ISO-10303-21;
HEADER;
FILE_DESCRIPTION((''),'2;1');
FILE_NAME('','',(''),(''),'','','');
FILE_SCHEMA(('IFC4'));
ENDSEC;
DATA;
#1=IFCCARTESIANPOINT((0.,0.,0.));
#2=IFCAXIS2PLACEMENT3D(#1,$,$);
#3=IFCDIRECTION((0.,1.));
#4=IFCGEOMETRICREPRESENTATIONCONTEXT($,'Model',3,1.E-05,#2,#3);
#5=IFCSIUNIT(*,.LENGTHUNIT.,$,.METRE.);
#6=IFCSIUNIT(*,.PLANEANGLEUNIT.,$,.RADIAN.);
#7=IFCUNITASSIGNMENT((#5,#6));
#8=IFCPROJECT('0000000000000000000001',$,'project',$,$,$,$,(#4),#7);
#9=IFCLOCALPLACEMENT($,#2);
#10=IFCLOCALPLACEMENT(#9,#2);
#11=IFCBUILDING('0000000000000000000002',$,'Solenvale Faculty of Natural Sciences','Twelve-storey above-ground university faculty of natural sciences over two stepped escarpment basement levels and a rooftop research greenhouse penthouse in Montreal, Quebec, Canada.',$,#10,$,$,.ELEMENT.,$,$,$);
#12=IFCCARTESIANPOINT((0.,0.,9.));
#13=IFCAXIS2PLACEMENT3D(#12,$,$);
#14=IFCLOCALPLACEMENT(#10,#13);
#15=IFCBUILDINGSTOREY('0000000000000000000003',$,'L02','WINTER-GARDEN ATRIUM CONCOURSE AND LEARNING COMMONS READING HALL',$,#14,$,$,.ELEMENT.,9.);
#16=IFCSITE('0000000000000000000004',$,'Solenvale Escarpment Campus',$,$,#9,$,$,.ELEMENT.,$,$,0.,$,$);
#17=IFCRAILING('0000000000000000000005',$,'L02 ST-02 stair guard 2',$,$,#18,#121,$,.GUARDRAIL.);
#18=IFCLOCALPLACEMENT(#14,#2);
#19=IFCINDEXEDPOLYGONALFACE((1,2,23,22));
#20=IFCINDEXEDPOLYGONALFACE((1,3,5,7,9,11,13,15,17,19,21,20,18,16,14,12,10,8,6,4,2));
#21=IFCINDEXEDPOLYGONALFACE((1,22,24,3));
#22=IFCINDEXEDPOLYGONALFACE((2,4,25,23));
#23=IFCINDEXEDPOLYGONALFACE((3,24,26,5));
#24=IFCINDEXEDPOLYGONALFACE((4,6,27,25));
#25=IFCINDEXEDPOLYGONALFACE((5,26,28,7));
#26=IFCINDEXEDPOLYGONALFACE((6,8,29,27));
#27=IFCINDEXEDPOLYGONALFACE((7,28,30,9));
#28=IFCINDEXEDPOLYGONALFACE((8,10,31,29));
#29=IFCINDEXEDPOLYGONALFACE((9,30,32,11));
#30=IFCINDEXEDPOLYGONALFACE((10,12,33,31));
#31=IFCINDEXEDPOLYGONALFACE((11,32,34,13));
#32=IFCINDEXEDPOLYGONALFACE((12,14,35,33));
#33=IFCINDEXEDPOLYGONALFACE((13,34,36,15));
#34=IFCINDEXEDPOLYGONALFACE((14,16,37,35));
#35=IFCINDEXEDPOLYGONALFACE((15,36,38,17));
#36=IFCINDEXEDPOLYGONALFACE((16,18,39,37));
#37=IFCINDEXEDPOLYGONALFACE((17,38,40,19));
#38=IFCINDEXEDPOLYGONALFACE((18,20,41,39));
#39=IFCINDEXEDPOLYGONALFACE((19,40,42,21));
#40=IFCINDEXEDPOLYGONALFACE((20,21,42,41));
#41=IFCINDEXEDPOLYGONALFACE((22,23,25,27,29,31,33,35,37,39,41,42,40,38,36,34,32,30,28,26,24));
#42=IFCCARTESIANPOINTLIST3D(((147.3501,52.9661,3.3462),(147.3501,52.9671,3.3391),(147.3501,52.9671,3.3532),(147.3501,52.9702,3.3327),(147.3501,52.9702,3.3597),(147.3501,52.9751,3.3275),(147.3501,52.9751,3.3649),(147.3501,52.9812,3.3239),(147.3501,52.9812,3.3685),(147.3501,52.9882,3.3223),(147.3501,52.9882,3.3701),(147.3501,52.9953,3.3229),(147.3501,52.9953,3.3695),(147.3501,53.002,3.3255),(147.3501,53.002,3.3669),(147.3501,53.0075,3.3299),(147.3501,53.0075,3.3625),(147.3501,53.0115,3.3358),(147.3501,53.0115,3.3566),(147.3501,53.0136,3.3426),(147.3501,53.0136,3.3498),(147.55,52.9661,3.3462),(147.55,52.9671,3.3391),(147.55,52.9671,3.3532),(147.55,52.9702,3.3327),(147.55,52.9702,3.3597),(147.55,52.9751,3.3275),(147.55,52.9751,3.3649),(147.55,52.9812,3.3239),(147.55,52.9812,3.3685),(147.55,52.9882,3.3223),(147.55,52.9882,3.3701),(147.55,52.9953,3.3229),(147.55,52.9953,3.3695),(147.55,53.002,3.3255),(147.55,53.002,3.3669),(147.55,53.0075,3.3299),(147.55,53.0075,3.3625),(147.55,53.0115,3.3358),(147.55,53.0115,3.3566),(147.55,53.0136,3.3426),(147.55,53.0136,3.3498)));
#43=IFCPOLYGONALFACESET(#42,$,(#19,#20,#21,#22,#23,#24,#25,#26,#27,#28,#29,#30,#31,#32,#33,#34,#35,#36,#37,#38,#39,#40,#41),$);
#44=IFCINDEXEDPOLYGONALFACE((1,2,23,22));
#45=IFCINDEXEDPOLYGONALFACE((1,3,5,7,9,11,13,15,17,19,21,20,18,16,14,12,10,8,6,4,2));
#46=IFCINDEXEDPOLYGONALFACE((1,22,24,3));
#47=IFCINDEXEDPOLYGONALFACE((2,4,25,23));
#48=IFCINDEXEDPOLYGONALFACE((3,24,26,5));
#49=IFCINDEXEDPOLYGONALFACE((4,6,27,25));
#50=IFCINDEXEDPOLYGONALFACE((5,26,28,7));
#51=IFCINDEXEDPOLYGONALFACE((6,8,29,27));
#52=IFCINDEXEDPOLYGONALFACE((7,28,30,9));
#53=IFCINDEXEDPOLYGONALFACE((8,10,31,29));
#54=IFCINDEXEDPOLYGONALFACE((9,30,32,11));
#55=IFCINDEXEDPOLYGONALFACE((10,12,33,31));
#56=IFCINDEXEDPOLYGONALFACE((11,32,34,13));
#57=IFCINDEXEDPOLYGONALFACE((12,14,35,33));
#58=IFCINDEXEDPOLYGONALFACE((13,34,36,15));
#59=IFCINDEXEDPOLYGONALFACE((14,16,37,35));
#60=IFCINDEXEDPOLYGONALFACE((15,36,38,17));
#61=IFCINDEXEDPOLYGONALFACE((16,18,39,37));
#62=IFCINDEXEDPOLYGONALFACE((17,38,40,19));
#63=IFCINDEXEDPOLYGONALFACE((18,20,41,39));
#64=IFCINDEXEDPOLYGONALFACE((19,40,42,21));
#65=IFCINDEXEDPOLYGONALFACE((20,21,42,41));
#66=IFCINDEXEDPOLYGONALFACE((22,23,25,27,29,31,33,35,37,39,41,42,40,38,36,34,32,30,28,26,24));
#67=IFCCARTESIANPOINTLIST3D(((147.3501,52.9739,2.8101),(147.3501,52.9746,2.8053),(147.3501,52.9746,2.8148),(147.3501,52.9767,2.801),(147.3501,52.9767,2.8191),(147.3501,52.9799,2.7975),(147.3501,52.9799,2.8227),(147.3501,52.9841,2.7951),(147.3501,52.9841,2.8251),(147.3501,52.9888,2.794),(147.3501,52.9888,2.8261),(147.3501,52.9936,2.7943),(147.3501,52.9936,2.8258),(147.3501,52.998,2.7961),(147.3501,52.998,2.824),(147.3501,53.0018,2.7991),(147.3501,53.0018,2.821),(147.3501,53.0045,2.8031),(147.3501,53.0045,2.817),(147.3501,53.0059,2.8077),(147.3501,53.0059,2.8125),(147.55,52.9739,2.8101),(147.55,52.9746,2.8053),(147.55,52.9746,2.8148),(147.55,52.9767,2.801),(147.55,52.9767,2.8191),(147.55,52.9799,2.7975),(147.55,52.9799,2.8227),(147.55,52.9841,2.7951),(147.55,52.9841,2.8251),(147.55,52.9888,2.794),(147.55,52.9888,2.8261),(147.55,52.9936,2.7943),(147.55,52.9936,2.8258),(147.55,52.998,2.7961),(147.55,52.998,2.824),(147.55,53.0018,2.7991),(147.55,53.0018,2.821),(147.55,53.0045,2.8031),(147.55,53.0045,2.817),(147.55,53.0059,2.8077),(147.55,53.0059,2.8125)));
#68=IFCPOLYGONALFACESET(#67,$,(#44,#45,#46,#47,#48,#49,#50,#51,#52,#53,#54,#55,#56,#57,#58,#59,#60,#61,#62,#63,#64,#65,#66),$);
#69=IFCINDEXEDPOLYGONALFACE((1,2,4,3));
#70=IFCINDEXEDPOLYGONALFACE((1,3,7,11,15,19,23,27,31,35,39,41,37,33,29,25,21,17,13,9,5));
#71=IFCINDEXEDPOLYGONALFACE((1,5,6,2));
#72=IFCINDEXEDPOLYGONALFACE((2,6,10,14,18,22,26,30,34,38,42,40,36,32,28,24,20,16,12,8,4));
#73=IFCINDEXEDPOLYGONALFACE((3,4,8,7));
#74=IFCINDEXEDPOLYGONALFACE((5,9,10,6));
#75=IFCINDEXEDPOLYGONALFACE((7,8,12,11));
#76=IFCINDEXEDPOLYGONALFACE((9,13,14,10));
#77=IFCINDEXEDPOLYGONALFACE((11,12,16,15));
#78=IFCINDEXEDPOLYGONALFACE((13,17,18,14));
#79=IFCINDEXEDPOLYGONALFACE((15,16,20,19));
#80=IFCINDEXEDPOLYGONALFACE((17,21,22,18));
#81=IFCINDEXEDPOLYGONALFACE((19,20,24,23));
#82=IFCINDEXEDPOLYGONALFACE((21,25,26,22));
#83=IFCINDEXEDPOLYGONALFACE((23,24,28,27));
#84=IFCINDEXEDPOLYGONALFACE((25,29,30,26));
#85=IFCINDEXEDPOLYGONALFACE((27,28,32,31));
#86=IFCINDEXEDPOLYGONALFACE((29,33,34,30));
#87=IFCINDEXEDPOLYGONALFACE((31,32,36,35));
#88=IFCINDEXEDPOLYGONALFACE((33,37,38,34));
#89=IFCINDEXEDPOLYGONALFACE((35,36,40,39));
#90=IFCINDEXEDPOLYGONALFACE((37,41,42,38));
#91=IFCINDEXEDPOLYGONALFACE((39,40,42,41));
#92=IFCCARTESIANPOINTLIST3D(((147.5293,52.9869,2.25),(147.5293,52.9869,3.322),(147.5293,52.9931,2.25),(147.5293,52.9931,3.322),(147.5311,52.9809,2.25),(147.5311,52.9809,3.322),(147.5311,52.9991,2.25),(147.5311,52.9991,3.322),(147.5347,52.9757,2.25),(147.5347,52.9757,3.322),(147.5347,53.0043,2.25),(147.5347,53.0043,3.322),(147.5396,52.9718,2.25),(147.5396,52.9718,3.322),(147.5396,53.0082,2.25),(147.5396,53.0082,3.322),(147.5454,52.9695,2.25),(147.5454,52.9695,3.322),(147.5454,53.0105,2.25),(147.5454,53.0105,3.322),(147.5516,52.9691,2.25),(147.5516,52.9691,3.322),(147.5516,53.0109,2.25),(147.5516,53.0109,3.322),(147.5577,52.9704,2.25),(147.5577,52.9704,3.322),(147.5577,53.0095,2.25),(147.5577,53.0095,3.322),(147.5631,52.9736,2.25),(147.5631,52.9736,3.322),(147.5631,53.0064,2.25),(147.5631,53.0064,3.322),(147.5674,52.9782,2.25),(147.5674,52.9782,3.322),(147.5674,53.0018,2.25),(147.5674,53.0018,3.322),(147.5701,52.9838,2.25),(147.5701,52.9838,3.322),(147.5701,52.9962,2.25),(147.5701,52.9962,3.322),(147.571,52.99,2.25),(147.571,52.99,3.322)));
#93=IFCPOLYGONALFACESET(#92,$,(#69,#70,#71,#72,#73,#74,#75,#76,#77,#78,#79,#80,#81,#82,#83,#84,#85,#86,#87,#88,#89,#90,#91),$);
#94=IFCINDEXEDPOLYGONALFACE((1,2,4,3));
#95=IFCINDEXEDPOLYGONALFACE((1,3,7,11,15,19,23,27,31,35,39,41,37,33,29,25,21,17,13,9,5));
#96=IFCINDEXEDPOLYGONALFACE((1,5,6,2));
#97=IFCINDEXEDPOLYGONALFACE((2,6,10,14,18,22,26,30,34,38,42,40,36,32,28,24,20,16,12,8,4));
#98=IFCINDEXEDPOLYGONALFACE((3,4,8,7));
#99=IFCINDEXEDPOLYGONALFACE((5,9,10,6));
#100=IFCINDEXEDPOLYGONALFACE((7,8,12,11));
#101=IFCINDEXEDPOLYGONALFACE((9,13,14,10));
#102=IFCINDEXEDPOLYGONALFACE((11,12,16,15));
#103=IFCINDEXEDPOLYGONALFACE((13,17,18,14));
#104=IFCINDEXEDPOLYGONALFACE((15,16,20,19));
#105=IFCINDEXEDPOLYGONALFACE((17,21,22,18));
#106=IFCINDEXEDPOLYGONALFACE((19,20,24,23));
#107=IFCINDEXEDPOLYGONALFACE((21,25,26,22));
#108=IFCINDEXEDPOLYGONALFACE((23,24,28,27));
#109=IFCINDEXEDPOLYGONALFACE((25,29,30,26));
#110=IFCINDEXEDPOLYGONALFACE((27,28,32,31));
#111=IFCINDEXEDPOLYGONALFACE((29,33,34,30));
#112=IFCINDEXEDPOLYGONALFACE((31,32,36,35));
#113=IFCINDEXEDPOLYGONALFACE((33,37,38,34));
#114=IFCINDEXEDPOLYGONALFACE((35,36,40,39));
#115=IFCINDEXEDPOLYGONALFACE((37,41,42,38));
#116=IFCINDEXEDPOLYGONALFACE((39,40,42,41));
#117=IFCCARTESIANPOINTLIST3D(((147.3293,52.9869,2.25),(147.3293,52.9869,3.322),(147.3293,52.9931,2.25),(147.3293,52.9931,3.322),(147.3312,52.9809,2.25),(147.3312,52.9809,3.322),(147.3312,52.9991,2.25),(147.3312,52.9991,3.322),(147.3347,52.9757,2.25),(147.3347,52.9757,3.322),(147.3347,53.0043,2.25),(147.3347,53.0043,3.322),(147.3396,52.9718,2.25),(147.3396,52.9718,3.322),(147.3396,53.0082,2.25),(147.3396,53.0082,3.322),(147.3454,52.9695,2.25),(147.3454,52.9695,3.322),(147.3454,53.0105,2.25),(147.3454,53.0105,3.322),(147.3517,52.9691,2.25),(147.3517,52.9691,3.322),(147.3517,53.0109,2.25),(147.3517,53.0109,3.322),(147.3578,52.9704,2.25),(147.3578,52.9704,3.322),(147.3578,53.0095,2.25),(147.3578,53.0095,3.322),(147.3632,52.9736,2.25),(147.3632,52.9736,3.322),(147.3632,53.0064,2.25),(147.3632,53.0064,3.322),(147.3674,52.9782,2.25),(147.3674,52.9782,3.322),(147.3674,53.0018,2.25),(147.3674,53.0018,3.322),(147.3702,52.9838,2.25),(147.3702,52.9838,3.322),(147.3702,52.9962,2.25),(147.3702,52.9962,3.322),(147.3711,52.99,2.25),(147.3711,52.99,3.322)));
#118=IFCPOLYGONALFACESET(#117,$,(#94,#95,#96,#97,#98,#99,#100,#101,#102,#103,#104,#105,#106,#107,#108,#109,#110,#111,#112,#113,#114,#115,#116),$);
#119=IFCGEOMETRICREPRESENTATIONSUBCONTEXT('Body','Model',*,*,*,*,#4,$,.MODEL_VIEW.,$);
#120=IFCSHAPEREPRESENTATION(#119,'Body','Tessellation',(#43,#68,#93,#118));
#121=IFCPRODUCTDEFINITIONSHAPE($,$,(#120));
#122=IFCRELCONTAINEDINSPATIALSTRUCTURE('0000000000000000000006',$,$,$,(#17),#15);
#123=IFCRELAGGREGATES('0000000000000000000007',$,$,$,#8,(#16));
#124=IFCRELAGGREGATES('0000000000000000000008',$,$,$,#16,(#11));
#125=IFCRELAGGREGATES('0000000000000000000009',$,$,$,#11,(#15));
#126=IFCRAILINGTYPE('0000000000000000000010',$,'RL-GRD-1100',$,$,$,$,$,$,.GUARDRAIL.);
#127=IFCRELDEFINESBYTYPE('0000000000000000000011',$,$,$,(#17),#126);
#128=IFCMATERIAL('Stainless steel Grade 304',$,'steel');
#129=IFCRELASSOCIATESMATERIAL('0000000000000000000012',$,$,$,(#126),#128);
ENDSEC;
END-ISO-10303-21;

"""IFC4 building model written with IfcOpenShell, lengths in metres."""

from ifc_helpers import new_model, si_unit, direction, frame, origin, origin_2d, place, context, subcontext, project, spatial, circle, extrude, material, type_object, element, save


model = new_model("IFC4")

# Units and contexts
model_context = context("Model", 3, precision=1e-05, world=origin(), true_north=direction((0.0, 1.0)))
body_context = subcontext(model_context, "Body", "Model", "MODEL_VIEW")
ifc_project = project(units=[si_unit("LENGTHUNIT", "METRE"), si_unit("PLANEANGLEUNIT", "RADIAN")], contexts=[model_context])

# Site, building, storey
site_placement = place(None, origin())
site = spatial("IfcSite", under=ifc_project, at=site_placement, Name="Solenvale Escarpment Campus", CompositionType="ELEMENT", RefElevation=0.0)
building_placement = place(site_placement, origin())
building = spatial("IfcBuilding", under=site, at=building_placement, Name="Solenvale Faculty of Natural Sciences", Description="Twelve-storey above-ground university faculty of natural sciences over two stepped escarpment basement levels and a rooftop research greenhouse penthouse in Montreal, Quebec, Canada.", CompositionType="ELEMENT")
storey_placement = place(building_placement, frame((0.0, 0.0, 9.0)))
storey = spatial("IfcBuildingStorey", under=building, at=storey_placement, Name="L02", Description="WINTER-GARDEN ATRIUM CONCOURSE AND LEARNING COMMONS READING HALL", CompositionType="ELEMENT", Elevation=9.0)

# Shared definitions
ifc_material_1 = material(Name="Stainless steel Grade 304", Category="steel")

# Railing
railing_type_1 = type_object("IfcRailingType", Name="RL-GRD-1100", PredefinedType="GUARDRAIL", material=ifc_material_1)
railing_1_placement = place(storey_placement, frame((147.55, 52.99, 2.25)))
element("IfcRailing", 1, at=railing_1_placement, inside=storey, type_object=railing_type_1, Name="L02 ST-02 stair guard 2", PredefinedType="GUARDRAIL", context=body_context, shape_type="SweptSolid", body=[
    extrude(circle(Radius=0.0239, at=origin_2d()), frame((0.0, 0.0, 1.0962), z_axis=(-1.0, 0.0, 0.0), x_axis=(0.0, -1.0, 0.0)), (0.0, 0.0, 1.0), 0.2),
    extrude(circle(Radius=0.0161, at=origin_2d()), frame((0.0, 0.0, 0.5601), z_axis=(-1.0, 0.0, 0.0), x_axis=(0.0, -1.0, 0.0)), (0.0, 0.0, 1.0), 0.2),
    extrude(circle(Radius=0.021, at=origin_2d()), origin(), (0.0, 0.0, 1.0), 1.072),
    extrude(circle(Radius=0.021, at=origin_2d()), frame((-0.2, 0.0, 0.0)), (0.0, 0.0, 1.0), 1.072),
])

save(model, "model.ifc")
